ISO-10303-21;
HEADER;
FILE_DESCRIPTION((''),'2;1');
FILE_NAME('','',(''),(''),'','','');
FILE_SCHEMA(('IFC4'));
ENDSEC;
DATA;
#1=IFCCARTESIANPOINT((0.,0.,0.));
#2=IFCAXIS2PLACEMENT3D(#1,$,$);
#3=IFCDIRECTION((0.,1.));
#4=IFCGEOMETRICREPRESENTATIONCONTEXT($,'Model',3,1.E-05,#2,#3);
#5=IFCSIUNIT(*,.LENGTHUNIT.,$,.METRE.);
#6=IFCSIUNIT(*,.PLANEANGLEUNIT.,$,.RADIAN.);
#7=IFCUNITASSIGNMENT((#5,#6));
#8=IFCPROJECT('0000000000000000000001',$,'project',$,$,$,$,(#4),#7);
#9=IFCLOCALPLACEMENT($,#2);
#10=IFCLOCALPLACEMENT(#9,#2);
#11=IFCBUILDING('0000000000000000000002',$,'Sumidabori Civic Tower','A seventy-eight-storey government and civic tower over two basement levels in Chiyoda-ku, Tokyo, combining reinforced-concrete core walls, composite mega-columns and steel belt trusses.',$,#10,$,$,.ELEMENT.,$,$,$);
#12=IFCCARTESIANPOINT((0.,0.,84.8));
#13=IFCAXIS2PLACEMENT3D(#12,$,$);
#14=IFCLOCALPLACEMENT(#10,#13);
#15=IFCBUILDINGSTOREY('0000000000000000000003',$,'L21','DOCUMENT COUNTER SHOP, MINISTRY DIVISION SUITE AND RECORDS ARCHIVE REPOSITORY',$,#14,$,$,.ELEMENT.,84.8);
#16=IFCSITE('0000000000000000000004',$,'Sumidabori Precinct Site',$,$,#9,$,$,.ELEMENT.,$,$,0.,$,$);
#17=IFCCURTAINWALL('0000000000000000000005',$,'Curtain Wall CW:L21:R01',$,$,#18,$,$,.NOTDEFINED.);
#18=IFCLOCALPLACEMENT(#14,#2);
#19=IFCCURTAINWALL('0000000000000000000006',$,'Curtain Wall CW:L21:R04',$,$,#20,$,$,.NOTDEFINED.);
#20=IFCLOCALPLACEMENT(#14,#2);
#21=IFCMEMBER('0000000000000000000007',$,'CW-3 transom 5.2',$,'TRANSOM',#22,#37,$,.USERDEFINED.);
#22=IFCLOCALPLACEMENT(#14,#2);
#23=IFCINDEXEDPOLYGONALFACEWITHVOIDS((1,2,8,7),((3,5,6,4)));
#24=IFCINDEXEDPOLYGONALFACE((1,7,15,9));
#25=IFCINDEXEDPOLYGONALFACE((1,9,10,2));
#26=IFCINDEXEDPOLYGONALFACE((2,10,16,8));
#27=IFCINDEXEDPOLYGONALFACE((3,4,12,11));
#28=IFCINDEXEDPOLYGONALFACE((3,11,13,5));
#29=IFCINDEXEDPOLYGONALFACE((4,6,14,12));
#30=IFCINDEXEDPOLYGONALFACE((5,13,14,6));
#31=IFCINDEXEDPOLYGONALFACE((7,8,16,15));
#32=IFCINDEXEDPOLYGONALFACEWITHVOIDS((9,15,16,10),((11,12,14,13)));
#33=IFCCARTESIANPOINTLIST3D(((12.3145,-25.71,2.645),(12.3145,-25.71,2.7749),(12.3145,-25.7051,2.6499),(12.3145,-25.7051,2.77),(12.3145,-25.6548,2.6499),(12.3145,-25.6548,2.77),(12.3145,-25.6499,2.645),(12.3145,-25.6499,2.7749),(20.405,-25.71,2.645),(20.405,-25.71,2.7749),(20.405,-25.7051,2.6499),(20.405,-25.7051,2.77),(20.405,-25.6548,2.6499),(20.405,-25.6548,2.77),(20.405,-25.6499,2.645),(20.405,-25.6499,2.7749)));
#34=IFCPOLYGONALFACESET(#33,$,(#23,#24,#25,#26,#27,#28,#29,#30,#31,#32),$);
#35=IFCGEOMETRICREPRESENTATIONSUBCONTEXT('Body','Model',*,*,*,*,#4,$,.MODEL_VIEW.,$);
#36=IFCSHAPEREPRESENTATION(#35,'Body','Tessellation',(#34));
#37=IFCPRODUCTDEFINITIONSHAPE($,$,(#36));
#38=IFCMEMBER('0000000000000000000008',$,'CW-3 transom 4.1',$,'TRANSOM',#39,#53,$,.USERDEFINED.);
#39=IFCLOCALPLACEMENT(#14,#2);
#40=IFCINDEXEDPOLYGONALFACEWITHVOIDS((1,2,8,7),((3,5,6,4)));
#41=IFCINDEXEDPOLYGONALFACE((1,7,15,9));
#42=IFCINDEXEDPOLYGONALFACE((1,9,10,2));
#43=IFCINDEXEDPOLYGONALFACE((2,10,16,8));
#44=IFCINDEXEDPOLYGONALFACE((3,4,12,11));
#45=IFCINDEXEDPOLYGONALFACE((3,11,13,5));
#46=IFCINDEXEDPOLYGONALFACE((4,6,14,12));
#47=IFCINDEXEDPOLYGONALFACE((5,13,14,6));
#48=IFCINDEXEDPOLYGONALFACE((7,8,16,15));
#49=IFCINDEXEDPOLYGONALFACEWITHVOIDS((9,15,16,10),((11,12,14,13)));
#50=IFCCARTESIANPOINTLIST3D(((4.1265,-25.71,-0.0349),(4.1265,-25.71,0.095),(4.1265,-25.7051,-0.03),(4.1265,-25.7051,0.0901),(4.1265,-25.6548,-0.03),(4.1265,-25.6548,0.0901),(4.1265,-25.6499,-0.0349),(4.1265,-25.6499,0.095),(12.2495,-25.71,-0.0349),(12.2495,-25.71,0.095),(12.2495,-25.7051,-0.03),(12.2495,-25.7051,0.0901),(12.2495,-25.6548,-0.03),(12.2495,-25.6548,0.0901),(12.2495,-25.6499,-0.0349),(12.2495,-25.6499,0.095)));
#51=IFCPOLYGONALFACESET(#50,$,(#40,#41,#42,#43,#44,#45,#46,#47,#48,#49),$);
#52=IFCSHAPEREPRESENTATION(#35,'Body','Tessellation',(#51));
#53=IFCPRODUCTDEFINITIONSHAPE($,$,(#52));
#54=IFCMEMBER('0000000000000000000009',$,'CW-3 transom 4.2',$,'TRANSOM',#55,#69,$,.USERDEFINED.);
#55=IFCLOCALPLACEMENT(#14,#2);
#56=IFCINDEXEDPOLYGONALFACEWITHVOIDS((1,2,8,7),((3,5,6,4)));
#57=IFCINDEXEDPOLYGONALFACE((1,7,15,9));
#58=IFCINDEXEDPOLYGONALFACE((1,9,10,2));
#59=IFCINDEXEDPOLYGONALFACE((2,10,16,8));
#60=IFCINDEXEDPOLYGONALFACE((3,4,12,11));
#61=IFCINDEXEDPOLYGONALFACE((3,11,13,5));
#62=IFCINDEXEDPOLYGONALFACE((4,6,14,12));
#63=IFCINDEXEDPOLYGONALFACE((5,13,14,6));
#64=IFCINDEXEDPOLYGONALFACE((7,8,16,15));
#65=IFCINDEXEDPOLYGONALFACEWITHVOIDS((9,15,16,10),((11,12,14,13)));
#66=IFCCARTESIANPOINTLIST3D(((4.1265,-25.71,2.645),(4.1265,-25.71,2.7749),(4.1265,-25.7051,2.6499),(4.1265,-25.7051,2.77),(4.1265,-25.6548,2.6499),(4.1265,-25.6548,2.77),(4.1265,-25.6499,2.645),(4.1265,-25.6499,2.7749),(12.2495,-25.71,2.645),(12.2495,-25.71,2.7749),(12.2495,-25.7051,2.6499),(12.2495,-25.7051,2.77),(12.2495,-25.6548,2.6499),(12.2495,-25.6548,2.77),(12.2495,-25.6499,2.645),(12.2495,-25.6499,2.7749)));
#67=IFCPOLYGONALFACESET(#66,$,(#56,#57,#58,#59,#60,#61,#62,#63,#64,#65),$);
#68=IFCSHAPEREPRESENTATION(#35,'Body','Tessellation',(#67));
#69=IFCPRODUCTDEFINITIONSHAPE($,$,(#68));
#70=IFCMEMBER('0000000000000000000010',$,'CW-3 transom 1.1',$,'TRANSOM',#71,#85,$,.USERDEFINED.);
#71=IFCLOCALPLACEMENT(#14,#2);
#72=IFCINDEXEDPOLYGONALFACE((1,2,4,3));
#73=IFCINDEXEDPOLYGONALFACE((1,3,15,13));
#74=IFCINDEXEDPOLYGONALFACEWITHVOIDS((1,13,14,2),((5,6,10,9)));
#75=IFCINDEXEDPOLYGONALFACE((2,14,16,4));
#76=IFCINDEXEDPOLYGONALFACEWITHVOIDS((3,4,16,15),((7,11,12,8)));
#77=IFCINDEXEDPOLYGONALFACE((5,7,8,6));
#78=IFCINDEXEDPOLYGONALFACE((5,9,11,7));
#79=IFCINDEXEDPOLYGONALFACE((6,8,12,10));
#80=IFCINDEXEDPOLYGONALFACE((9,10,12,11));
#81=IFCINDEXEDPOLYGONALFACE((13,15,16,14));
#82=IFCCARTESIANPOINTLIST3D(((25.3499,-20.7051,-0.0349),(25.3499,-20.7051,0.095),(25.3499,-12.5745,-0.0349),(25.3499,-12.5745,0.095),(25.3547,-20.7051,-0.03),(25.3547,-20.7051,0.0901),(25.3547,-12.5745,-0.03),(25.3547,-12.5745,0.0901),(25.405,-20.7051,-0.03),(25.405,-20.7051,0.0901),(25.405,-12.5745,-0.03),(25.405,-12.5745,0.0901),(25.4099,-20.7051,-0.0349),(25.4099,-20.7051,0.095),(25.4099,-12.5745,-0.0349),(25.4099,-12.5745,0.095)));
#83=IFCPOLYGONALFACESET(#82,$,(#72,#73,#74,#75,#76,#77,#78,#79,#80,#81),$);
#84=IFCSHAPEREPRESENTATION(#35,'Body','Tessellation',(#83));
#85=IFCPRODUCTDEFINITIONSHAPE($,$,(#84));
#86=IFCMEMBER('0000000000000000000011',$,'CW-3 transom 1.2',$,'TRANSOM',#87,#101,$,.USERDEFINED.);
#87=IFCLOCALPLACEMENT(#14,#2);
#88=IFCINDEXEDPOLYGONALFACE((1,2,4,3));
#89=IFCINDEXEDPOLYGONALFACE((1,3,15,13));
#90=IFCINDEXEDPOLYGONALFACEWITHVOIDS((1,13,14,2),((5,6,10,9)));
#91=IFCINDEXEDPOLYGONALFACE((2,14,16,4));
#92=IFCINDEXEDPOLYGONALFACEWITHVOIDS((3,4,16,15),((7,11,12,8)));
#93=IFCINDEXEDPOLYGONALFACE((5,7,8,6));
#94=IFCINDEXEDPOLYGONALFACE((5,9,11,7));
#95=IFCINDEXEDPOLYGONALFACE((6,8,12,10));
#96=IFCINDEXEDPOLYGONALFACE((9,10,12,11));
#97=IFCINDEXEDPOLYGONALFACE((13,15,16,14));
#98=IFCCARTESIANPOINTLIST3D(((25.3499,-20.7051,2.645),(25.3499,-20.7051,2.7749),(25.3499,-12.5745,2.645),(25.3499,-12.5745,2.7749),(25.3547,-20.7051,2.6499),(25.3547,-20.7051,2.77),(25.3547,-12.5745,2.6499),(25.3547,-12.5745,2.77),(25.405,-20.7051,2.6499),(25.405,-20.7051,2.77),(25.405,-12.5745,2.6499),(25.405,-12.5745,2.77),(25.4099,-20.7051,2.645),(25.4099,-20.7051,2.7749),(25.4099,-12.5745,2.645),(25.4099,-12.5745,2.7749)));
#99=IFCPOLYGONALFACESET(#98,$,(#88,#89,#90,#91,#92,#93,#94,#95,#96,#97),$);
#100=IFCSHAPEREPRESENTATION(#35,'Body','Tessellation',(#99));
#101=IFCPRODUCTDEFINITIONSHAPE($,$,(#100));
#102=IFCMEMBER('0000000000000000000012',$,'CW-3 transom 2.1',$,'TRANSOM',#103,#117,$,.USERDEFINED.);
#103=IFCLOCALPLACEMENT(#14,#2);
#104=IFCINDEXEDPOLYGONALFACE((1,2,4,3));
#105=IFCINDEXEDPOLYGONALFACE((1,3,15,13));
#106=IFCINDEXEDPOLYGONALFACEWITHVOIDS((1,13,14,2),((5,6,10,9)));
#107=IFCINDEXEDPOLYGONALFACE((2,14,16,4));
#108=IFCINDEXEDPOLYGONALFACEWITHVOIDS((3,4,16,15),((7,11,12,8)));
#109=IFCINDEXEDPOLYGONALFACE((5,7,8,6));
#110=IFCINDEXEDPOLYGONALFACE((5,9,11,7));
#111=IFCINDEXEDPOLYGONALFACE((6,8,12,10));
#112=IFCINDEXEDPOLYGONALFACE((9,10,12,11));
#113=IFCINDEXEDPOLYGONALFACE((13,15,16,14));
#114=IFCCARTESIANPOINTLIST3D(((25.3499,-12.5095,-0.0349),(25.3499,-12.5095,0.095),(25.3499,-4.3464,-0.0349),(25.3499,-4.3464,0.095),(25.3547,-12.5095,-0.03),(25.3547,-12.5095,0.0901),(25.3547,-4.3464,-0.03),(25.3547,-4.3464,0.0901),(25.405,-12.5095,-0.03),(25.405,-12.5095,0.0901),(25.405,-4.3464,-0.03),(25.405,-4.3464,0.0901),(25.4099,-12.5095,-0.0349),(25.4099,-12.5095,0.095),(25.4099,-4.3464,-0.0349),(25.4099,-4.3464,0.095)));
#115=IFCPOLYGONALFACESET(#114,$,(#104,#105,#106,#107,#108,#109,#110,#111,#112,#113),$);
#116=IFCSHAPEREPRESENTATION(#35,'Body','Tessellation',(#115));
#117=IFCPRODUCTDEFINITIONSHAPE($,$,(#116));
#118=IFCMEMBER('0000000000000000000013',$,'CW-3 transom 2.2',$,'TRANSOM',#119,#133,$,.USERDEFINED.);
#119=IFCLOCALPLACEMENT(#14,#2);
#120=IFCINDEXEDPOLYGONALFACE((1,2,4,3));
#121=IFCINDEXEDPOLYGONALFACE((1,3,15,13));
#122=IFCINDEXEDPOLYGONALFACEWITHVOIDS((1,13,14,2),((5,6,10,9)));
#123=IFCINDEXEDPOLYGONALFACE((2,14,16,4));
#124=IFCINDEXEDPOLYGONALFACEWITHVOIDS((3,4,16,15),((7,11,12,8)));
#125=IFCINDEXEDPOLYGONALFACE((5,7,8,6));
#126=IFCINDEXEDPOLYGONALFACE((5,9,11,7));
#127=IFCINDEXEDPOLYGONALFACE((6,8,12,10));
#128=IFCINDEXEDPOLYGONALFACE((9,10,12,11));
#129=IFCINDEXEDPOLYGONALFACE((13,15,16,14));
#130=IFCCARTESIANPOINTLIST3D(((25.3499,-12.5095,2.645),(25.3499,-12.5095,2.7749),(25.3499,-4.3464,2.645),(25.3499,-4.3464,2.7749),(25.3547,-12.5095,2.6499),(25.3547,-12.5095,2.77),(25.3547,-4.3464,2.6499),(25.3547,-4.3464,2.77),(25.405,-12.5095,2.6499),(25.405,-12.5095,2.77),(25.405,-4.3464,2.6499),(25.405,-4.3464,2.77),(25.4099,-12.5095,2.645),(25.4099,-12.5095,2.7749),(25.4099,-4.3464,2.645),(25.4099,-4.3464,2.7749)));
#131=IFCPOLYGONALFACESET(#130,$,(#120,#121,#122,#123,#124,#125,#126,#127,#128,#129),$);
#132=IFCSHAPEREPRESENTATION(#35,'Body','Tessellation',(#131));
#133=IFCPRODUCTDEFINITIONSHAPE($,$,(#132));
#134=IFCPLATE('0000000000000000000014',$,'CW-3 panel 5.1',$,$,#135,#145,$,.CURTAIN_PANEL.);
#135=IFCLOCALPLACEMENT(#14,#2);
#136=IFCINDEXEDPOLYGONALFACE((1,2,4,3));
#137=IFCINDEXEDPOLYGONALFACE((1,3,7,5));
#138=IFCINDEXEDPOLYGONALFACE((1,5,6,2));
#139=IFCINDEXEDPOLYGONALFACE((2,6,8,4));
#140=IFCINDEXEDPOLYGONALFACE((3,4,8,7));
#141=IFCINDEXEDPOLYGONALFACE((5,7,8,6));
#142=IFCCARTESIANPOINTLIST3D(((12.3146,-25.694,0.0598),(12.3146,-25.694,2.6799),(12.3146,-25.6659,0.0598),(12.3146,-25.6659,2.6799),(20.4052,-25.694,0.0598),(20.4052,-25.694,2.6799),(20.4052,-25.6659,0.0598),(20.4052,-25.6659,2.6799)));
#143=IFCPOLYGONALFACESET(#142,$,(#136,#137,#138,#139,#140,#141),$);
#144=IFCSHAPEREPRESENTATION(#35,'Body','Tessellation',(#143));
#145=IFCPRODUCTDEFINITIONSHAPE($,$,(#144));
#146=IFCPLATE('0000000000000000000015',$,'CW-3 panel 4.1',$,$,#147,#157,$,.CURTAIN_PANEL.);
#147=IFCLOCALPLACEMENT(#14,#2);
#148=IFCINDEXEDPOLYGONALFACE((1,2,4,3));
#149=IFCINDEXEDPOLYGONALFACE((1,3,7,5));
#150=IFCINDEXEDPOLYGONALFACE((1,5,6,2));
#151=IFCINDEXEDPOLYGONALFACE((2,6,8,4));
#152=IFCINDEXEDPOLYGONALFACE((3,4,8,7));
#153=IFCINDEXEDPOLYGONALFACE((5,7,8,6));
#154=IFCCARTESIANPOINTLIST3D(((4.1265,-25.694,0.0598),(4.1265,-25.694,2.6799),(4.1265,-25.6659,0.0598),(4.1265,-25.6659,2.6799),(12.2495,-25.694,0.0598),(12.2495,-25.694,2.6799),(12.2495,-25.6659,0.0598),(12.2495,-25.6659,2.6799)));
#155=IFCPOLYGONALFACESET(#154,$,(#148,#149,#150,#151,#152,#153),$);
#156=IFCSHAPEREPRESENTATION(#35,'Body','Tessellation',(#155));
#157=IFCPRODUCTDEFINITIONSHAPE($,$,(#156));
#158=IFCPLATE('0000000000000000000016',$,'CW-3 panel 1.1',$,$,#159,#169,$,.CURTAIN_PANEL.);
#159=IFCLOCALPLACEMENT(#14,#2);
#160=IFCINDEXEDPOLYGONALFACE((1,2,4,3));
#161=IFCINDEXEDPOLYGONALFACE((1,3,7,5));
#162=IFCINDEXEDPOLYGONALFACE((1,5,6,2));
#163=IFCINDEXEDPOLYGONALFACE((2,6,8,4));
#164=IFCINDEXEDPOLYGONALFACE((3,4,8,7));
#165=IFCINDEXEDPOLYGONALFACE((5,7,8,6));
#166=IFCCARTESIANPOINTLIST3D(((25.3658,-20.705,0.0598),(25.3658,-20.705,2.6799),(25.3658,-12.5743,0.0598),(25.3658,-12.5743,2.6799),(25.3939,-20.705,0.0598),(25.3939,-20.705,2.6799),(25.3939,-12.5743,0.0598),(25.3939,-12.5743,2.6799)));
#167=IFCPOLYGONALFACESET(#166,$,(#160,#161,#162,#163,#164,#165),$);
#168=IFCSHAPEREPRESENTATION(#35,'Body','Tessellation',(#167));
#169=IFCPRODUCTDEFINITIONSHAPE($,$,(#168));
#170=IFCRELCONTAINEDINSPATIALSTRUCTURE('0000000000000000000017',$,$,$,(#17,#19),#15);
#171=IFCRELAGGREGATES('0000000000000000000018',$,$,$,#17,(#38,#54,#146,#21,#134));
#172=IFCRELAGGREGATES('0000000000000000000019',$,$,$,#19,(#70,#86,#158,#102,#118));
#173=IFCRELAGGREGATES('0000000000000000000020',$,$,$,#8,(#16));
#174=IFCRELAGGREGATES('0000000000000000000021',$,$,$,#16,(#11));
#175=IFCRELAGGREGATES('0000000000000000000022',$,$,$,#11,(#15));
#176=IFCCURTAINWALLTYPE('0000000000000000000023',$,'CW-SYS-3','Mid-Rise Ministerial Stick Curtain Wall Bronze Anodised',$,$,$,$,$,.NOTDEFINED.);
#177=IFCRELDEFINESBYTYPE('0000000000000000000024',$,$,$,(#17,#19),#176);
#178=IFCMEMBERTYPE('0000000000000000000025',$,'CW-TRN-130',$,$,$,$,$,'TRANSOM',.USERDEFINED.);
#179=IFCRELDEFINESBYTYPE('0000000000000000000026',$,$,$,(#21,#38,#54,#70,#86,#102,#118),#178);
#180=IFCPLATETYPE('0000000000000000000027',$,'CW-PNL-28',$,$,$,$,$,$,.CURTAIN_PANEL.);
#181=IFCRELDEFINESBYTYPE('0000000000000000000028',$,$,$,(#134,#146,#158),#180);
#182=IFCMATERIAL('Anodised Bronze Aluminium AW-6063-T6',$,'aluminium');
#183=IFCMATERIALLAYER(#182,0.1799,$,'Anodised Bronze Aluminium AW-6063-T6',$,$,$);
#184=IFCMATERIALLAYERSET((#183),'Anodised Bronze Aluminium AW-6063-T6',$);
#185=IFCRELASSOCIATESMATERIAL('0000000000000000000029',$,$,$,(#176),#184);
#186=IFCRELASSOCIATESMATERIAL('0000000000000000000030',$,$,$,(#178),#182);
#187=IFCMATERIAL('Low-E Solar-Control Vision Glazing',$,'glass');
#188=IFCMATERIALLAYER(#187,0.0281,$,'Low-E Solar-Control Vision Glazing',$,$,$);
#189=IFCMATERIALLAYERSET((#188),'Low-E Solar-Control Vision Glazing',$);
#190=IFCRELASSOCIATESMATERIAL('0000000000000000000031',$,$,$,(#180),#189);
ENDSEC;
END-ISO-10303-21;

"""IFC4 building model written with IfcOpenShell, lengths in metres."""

from ifc_helpers import new_model, si_unit, direction, frame, origin, origin_2d, place, context, subcontext, project, spatial, rectangle, hollow_rectangle, extrude, source, transform, mapped, material, layer, layer_set, material_profile, profile_set, type_object, element, aggregate, save


model = new_model("IFC4")

# Units and contexts
model_context = context("Model", 3, precision=1e-05, world=origin(), true_north=direction((0.0, 1.0)))
body_context = subcontext(model_context, "Body", "Model", "MODEL_VIEW")
ifc_project = project(units=[si_unit("LENGTHUNIT", "METRE"), si_unit("PLANEANGLEUNIT", "RADIAN")], contexts=[model_context])

# Site, building, storey
site_placement = place(None, origin())
site = spatial("IfcSite", under=ifc_project, at=site_placement, Name="Sumidabori Precinct Site", CompositionType="ELEMENT", RefElevation=0.0)
building_placement = place(site_placement, origin())
building = spatial("IfcBuilding", under=site, at=building_placement, Name="Sumidabori Civic Tower", Description="A seventy-eight-storey government and civic tower over two basement levels in Chiyoda-ku, Tokyo, combining reinforced-concrete core walls, composite mega-columns and steel belt trusses.", CompositionType="ELEMENT")
storey_placement = place(building_placement, frame((0.0, 0.0, 84.8)))
storey = spatial("IfcBuildingStorey", under=building, at=storey_placement, Name="L21", Description="DOCUMENT COUNTER SHOP, MINISTRY DIVISION SUITE AND RECORDS ARCHIVE REPOSITORY", CompositionType="ELEMENT", Elevation=84.8)

# Curtain walls
ifc_material_1 = material(Name="Anodised Bronze Aluminium AW-6063-T6", Category="aluminium")
ifc_layer_1 = layer(ifc_material_1, 0.1799, Name="Anodised Bronze Aluminium AW-6063-T6")
ifc_layer_set_1 = layer_set([ifc_layer_1], Name="Anodised Bronze Aluminium AW-6063-T6")
curtain_wall_type = type_object("IfcCurtainWallType", Name="CW-SYS-3", Description="Mid-Rise Ministerial Stick Curtain Wall Bronze Anodised", PredefinedType="NOTDEFINED", material=ifc_layer_set_1)
curtain_wall_1_placement = place(storey_placement, origin())
curtain_wall_1 = element("IfcCurtainWall", 1, at=curtain_wall_1_placement, inside=storey, type_object=curtain_wall_type, Name="Curtain Wall CW:L21:R01", PredefinedType="NOTDEFINED")
curtain_wall_2_placement = place(storey_placement, origin())
curtain_wall_2 = element("IfcCurtainWall", 2, at=curtain_wall_2_placement, inside=storey, type_object=curtain_wall_type, Name="Curtain Wall CW:L21:R04", PredefinedType="NOTDEFINED")

# Members
ifc_material_profile_1 = material_profile(ifc_material_1, hollow_rectangle(XDim=0.0601, YDim=0.1299, WallThickness=0.0049, at=origin_2d()), Name="ALU TRANSOM 130x60")
ifc_profile_set_1 = profile_set([ifc_material_profile_1], Name="Anodised Bronze Aluminium AW-6063-T6")
member_type_1 = type_object("IfcMemberType", Name="CW-TRN-130", ElementType="TRANSOM", PredefinedType="USERDEFINED", material=ifc_profile_set_1)
shared_shape_1 = source(origin(), body_context, "Body", "SweptSolid", [
    extrude(hollow_rectangle(XDim=0.0601, YDim=0.1299, WallThickness=0.0049, at=origin_2d()), origin(), (0.0, 0.0, 1.0), 8.0906),
])
member_1_placement = place(storey_placement, frame((12.3145, -25.6799, 2.71), z_axis=(1.0, 0.0, 0.0), x_axis=(0.0, 1.0, 0.0)))
member_1 = element("IfcMember", 3, at=member_1_placement, type_object=member_type_1, Name="CW-3 transom 5.2", ObjectType="TRANSOM", PredefinedType="USERDEFINED", context=body_context, shape_type="MappedRepresentation", body=[
    mapped(shared_shape_1, transform((0.0, 0.0, 0.0), x_axis=(1.0, 0.0, 0.0), y_axis=(0.0, 1.0, 0.0), z_axis=(0.0, 0.0, 1.0), scale=1.0)),
])
shared_shape_2 = source(origin(), body_context, "Body", "SweptSolid", [
    extrude(hollow_rectangle(XDim=0.0601, YDim=0.1299, WallThickness=0.0049, at=origin_2d()), origin(), (0.0, 0.0, 1.0), 8.123),
])
member_2_placement = place(storey_placement, frame((4.1265, -25.6799, 0.03), z_axis=(1.0, 0.0, 0.0), x_axis=(0.0, 1.0, 0.0)))
member_2 = element("IfcMember", 4, at=member_2_placement, type_object=member_type_1, Name="CW-3 transom 4.1", ObjectType="TRANSOM", PredefinedType="USERDEFINED", context=body_context, shape_type="MappedRepresentation", body=[
    mapped(shared_shape_2, transform((0.0, 0.0, 0.0), x_axis=(1.0, 0.0, 0.0), y_axis=(0.0, 1.0, 0.0), z_axis=(0.0, 0.0, 1.0), scale=1.0)),
])
member_3_placement = place(storey_placement, frame((4.1265, -25.6799, 2.71), z_axis=(1.0, 0.0, 0.0), x_axis=(0.0, 1.0, 0.0)))
member_3 = element("IfcMember", 5, at=member_3_placement, type_object=member_type_1, Name="CW-3 transom 4.2", ObjectType="TRANSOM", PredefinedType="USERDEFINED", context=body_context, shape_type="MappedRepresentation", body=[
    mapped(shared_shape_2, transform((0.0, 0.0, 0.0), x_axis=(1.0, 0.0, 0.0), y_axis=(0.0, 1.0, 0.0), z_axis=(0.0, 0.0, 1.0), scale=1.0)),
])
shared_shape_3 = source(origin(), body_context, "Body", "SweptSolid", [
    extrude(hollow_rectangle(XDim=0.0601, YDim=0.1299, WallThickness=0.0049, at=origin_2d()), origin(), (0.0, 0.0, 1.0), 8.1306),
])
member_4_placement = place(storey_placement, frame((25.3799, -20.7051, 0.03), z_axis=(0.0, 1.0, 0.0), x_axis=(-1.0, 0.0, 0.0)))
member_4 = element("IfcMember", 6, at=member_4_placement, type_object=member_type_1, Name="CW-3 transom 1.1", ObjectType="TRANSOM", PredefinedType="USERDEFINED", context=body_context, shape_type="MappedRepresentation", body=[
    mapped(shared_shape_3, transform((0.0, 0.0, 0.0), x_axis=(1.0, 0.0, 0.0), y_axis=(0.0, 1.0, 0.0), z_axis=(0.0, 0.0, 1.0), scale=1.0)),
])
member_5_placement = place(storey_placement, frame((25.3799, -20.7051, 2.71), z_axis=(0.0, 1.0, 0.0), x_axis=(-1.0, 0.0, 0.0)))
member_5 = element("IfcMember", 7, at=member_5_placement, type_object=member_type_1, Name="CW-3 transom 1.2", ObjectType="TRANSOM", PredefinedType="USERDEFINED", context=body_context, shape_type="MappedRepresentation", body=[
    mapped(shared_shape_3, transform((0.0, 0.0, 0.0), x_axis=(1.0, 0.0, 0.0), y_axis=(0.0, 1.0, 0.0), z_axis=(0.0, 0.0, 1.0), scale=1.0)),
])
shared_shape_4 = source(origin(), body_context, "Body", "SweptSolid", [
    extrude(hollow_rectangle(XDim=0.0601, YDim=0.1299, WallThickness=0.0049, at=origin_2d()), origin(), (0.0, 0.0, 1.0), 8.1631),
])
member_6_placement = place(storey_placement, frame((25.3799, -12.5095, 0.03), z_axis=(0.0, 1.0, 0.0), x_axis=(-1.0, 0.0, 0.0)))
member_6 = element("IfcMember", 8, at=member_6_placement, type_object=member_type_1, Name="CW-3 transom 2.1", ObjectType="TRANSOM", PredefinedType="USERDEFINED", context=body_context, shape_type="MappedRepresentation", body=[
    mapped(shared_shape_4, transform((0.0, 0.0, 0.0), x_axis=(1.0, 0.0, 0.0), y_axis=(0.0, 1.0, 0.0), z_axis=(0.0, 0.0, 1.0), scale=1.0)),
])
member_7_placement = place(storey_placement, frame((25.3799, -12.5095, 2.71), z_axis=(0.0, 1.0, 0.0), x_axis=(-1.0, 0.0, 0.0)))
member_7 = element("IfcMember", 9, at=member_7_placement, type_object=member_type_1, Name="CW-3 transom 2.2", ObjectType="TRANSOM", PredefinedType="USERDEFINED", context=body_context, shape_type="MappedRepresentation", body=[
    mapped(shared_shape_4, transform((0.0, 0.0, 0.0), x_axis=(1.0, 0.0, 0.0), y_axis=(0.0, 1.0, 0.0), z_axis=(0.0, 0.0, 1.0), scale=1.0)),
])

# Plates
ifc_material_2 = material(Name="Low-E Solar-Control Vision Glazing", Category="glass")
ifc_layer_2 = layer(ifc_material_2, 0.0281, Name="Low-E Solar-Control Vision Glazing")
ifc_layer_set_2 = layer_set([ifc_layer_2], Name="Low-E Solar-Control Vision Glazing")
plate_type = type_object("IfcPlateType", Name="CW-PNL-28", PredefinedType="CURTAIN_PANEL", material=ifc_layer_set_2)
shared_shape_5 = source(origin(), body_context, "Body", "SweptSolid", [
    extrude(rectangle(XDim=8.0906, YDim=0.0281, at=origin_2d()), origin(), (0.0, 0.0, 1.0), 2.6201),
])
plate_1_placement = place(storey_placement, frame((16.3599, -25.6799, 0.0598), z_axis=(0.0, 0.0, 1.0), x_axis=(1.0, 0.0, 0.0)))
plate_1 = element("IfcPlate", 10, at=plate_1_placement, type_object=plate_type, Name="CW-3 panel 5.1", PredefinedType="CURTAIN_PANEL", context=body_context, shape_type="MappedRepresentation", body=[
    mapped(shared_shape_5, transform((0.0, 0.0, 0.0), x_axis=(1.0, 0.0, 0.0), y_axis=(0.0, 1.0, 0.0), z_axis=(0.0, 0.0, 1.0), scale=1.0)),
])
shared_shape_6 = source(origin(), body_context, "Body", "SweptSolid", [
    extrude(rectangle(XDim=8.123, YDim=0.0281, at=origin_2d()), origin(), (0.0, 0.0, 1.0), 2.6201),
])
plate_2_placement = place(storey_placement, frame((8.188, -25.6799, 0.0598), z_axis=(0.0, 0.0, 1.0), x_axis=(1.0, 0.0, 0.0)))
plate_2 = element("IfcPlate", 11, at=plate_2_placement, type_object=plate_type, Name="CW-3 panel 4.1", PredefinedType="CURTAIN_PANEL", context=body_context, shape_type="MappedRepresentation", body=[
    mapped(shared_shape_6, transform((0.0, 0.0, 0.0), x_axis=(1.0, 0.0, 0.0), y_axis=(0.0, 1.0, 0.0), z_axis=(0.0, 0.0, 1.0), scale=1.0)),
])
aggregate(curtain_wall_1, [member_2, member_3, plate_2, member_1, plate_1])
shared_shape_7 = source(origin(), body_context, "Body", "SweptSolid", [
    extrude(rectangle(XDim=8.1306, YDim=0.0281, at=origin_2d()), origin(), (0.0, 0.0, 1.0), 2.6201),
])
plate_3_placement = place(storey_placement, frame((25.3799, -16.6396, 0.0598), z_axis=(0.0, 0.0, 1.0), x_axis=(0.0, 1.0, 0.0)))
plate_3 = element("IfcPlate", 12, at=plate_3_placement, type_object=plate_type, Name="CW-3 panel 1.1", PredefinedType="CURTAIN_PANEL", context=body_context, shape_type="MappedRepresentation", body=[
    mapped(shared_shape_7, transform((0.0, 0.0, 0.0), x_axis=(1.0, 0.0, 0.0), y_axis=(0.0, 1.0, 0.0), z_axis=(0.0, 0.0, 1.0), scale=1.0)),
])
aggregate(curtain_wall_2, [member_4, member_5, plate_3, member_6, member_7])

save(model, "model.ifc")
